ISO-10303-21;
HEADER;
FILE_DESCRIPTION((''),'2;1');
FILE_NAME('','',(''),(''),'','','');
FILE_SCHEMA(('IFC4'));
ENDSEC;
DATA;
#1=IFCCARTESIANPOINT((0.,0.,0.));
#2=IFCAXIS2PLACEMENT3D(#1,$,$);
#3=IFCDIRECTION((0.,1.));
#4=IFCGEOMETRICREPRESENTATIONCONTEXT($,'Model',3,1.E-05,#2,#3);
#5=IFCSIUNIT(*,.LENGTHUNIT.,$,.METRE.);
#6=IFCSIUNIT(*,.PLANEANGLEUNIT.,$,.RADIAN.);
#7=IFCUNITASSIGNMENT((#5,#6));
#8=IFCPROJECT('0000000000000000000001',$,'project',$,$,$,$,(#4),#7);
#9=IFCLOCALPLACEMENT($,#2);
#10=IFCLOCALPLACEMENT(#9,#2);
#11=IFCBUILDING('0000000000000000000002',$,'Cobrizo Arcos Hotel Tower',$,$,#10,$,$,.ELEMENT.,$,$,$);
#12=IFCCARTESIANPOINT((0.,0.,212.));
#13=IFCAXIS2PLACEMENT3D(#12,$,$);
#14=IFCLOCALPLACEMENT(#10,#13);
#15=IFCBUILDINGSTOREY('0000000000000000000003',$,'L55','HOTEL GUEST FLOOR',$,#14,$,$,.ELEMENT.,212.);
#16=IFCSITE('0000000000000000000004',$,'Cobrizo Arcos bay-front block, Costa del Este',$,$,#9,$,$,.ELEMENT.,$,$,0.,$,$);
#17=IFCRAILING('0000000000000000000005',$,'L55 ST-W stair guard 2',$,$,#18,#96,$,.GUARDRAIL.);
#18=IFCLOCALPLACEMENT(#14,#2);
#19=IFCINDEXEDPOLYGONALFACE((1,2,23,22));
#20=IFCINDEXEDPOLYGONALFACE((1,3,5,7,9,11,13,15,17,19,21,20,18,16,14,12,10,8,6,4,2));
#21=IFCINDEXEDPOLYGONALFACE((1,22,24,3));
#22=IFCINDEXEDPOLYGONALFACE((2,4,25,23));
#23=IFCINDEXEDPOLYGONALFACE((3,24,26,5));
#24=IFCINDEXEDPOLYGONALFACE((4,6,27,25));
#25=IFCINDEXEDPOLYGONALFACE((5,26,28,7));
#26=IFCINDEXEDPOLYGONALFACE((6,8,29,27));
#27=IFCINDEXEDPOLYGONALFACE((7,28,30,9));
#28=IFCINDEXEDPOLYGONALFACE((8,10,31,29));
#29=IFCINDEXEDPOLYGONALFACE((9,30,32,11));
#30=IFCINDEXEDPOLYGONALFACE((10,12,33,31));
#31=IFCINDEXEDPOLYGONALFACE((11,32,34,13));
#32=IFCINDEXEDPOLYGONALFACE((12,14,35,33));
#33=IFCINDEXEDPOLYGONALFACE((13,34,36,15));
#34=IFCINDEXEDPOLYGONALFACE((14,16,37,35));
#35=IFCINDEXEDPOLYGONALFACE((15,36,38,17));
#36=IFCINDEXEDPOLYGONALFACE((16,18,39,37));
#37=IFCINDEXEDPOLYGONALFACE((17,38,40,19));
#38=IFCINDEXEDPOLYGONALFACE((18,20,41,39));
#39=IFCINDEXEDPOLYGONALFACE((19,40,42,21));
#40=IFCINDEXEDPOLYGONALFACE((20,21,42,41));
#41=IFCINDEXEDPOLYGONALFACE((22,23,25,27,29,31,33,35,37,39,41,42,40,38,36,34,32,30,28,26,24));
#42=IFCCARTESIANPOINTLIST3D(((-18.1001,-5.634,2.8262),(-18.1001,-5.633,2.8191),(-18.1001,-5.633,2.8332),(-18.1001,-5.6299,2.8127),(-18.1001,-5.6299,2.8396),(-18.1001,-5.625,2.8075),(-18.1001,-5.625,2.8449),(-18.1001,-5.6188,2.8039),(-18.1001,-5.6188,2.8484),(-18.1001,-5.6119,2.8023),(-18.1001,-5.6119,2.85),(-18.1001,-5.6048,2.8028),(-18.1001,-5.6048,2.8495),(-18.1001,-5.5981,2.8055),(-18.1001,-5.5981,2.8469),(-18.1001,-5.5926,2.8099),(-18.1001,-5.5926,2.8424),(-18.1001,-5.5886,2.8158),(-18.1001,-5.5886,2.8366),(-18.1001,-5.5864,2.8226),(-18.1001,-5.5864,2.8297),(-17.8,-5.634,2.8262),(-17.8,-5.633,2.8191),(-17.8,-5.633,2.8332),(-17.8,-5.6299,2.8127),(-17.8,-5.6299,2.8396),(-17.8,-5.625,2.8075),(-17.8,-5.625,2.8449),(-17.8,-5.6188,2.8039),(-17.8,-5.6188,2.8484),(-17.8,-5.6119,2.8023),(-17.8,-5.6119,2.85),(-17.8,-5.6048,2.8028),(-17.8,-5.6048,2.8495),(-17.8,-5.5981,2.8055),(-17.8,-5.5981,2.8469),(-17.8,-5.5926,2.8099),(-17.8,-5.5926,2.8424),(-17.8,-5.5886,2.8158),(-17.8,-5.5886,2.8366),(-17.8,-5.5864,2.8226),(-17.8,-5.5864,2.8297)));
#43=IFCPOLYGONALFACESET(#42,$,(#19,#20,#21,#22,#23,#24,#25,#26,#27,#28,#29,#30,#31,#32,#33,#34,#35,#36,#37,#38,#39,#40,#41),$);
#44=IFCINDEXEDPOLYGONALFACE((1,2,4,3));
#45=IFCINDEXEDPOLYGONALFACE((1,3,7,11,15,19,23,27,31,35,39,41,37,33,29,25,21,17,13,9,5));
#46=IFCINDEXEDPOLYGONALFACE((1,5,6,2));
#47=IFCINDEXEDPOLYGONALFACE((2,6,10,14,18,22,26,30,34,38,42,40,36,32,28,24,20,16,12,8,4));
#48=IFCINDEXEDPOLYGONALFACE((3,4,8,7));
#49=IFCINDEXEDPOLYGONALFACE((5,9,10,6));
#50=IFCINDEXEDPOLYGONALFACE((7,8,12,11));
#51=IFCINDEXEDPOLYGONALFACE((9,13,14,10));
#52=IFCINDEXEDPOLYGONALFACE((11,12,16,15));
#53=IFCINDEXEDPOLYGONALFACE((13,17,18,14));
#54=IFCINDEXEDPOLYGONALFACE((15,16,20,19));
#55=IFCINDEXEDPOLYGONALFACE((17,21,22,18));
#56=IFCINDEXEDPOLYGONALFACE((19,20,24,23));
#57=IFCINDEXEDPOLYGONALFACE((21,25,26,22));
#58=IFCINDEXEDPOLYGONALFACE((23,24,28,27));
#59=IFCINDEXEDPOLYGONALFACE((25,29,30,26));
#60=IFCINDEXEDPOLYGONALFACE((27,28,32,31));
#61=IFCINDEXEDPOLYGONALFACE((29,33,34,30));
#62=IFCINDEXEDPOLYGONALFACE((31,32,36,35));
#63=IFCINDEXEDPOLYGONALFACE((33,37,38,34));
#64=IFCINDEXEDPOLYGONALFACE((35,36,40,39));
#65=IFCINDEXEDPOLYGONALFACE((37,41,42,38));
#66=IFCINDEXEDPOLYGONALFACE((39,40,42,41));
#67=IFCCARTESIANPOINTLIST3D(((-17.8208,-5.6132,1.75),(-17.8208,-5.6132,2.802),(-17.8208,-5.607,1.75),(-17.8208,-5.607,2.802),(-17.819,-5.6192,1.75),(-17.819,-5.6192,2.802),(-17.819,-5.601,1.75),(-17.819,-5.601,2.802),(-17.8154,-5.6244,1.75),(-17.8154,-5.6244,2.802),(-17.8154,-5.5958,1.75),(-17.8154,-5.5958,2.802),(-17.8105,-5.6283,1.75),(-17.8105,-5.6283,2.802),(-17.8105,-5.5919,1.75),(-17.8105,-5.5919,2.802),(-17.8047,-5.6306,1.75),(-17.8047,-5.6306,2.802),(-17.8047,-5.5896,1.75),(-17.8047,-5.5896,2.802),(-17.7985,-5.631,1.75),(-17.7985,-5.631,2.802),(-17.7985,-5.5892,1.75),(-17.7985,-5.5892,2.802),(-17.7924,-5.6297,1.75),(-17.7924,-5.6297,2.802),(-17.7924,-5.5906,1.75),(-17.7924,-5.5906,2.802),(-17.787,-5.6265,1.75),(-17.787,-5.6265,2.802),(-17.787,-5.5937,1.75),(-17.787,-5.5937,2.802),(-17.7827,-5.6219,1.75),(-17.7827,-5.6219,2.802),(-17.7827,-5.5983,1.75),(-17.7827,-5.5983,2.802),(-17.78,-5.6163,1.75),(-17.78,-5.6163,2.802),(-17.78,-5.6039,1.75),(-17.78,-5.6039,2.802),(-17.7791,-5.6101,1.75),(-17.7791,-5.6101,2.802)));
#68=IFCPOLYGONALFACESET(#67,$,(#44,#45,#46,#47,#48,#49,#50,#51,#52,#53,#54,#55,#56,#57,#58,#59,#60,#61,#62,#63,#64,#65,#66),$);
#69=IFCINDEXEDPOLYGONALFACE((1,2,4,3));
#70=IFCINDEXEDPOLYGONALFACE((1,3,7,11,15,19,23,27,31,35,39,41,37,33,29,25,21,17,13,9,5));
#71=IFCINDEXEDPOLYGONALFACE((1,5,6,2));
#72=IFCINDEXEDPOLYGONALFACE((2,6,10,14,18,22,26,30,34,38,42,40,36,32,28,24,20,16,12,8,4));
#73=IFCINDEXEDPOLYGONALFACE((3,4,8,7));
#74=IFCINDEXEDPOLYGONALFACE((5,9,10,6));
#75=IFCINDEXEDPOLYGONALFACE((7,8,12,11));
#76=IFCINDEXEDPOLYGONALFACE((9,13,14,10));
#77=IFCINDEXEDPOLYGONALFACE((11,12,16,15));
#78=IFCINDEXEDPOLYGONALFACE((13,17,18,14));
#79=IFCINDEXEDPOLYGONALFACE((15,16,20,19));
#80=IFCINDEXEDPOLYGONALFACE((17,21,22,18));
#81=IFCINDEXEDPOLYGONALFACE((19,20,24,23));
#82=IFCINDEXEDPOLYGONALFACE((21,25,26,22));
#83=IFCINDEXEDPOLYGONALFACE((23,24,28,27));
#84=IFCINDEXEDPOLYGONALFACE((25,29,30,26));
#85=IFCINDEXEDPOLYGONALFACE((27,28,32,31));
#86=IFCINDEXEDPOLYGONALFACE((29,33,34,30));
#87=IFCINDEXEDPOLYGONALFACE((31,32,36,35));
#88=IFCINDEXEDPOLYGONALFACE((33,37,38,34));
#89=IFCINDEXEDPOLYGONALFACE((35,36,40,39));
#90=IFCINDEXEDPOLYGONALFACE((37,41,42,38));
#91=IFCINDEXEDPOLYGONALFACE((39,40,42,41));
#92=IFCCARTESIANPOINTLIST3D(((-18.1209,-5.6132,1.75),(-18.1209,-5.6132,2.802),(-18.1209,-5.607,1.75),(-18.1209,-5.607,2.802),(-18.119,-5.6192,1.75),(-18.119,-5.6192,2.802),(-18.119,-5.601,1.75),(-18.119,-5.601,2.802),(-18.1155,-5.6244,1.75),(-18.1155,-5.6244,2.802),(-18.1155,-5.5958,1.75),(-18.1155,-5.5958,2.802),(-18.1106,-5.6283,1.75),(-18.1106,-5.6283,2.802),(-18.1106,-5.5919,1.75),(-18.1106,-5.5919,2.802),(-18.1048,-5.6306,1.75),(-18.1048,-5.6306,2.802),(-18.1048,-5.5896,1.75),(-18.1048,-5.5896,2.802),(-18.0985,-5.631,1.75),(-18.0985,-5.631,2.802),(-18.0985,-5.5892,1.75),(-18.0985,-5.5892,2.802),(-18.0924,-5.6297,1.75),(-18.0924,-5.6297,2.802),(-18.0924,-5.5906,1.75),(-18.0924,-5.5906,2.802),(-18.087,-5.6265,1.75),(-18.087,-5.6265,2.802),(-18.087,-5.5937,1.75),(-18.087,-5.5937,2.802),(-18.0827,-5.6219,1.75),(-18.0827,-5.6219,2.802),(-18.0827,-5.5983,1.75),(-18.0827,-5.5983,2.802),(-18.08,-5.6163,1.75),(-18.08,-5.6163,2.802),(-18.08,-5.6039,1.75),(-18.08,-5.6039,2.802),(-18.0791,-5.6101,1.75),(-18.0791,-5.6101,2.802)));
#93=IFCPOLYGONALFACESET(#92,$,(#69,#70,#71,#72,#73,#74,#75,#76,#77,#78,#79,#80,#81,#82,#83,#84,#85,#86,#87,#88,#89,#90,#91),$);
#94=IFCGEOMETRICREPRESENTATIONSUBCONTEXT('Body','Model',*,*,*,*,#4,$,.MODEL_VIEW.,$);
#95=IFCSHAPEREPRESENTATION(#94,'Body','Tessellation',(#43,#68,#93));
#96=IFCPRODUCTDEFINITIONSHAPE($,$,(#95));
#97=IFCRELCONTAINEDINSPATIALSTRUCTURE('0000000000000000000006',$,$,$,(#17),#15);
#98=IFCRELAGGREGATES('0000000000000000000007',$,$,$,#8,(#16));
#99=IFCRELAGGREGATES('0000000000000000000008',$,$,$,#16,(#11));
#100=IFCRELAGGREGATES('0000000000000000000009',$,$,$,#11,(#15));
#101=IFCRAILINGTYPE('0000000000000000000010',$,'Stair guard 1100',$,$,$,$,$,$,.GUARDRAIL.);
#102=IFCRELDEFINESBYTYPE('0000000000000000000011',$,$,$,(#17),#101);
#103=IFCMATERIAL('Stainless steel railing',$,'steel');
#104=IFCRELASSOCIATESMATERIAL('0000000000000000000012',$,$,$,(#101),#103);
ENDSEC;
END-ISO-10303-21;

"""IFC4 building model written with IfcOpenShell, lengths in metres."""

from ifc_helpers import new_model, si_unit, direction, frame, origin, origin_2d, place, context, subcontext, project, spatial, circle, extrude, material, type_object, element, save


model = new_model("IFC4")

# Units and contexts
model_context = context("Model", 3, precision=1e-05, world=origin(), true_north=direction((0.0, 1.0)))
body_context = subcontext(model_context, "Body", "Model", "MODEL_VIEW")
ifc_project = project(units=[si_unit("LENGTHUNIT", "METRE"), si_unit("PLANEANGLEUNIT", "RADIAN")], contexts=[model_context])

# Site, building, storey
site_placement = place(None, origin())
site = spatial("IfcSite", under=ifc_project, at=site_placement, Name="Cobrizo Arcos bay-front block, Costa del Este", CompositionType="ELEMENT", RefElevation=0.0)
building_placement = place(site_placement, origin())
building = spatial("IfcBuilding", under=site, at=building_placement, Name="Cobrizo Arcos Hotel Tower", CompositionType="ELEMENT")
storey_placement = place(building_placement, frame((0.0, 0.0, 212.0)))
storey = spatial("IfcBuildingStorey", under=building, at=storey_placement, Name="L55", Description="HOTEL GUEST FLOOR", CompositionType="ELEMENT", Elevation=212.0)

# Railing
ifc_material_1 = material(Name="Stainless steel railing", Category="steel")
railing_type_1 = type_object("IfcRailingType", Name="Stair guard 1100", PredefinedType="GUARDRAIL", material=ifc_material_1)
railing_1_placement = place(storey_placement, frame((-17.8, -5.6101, 1.75)))
element("IfcRailing", 1, at=railing_1_placement, inside=storey, type_object=railing_type_1, Name="L55 ST-W stair guard 2", PredefinedType="GUARDRAIL", context=body_context, shape_type="SweptSolid", body=[
    extrude(circle(Radius=0.0239, at=origin_2d()), frame((0.0, 0.0, 1.0762), z_axis=(-1.0, 0.0, 0.0), x_axis=(0.0, -1.0, 0.0)), (0.0, 0.0, 1.0), 0.3),
    extrude(circle(Radius=0.021, at=origin_2d()), origin(), (0.0, 0.0, 1.0), 1.052),
    extrude(circle(Radius=0.021, at=origin_2d()), frame((-0.3, 0.0, 0.0)), (0.0, 0.0, 1.0), 1.052),
])

save(model, "model.ifc")
